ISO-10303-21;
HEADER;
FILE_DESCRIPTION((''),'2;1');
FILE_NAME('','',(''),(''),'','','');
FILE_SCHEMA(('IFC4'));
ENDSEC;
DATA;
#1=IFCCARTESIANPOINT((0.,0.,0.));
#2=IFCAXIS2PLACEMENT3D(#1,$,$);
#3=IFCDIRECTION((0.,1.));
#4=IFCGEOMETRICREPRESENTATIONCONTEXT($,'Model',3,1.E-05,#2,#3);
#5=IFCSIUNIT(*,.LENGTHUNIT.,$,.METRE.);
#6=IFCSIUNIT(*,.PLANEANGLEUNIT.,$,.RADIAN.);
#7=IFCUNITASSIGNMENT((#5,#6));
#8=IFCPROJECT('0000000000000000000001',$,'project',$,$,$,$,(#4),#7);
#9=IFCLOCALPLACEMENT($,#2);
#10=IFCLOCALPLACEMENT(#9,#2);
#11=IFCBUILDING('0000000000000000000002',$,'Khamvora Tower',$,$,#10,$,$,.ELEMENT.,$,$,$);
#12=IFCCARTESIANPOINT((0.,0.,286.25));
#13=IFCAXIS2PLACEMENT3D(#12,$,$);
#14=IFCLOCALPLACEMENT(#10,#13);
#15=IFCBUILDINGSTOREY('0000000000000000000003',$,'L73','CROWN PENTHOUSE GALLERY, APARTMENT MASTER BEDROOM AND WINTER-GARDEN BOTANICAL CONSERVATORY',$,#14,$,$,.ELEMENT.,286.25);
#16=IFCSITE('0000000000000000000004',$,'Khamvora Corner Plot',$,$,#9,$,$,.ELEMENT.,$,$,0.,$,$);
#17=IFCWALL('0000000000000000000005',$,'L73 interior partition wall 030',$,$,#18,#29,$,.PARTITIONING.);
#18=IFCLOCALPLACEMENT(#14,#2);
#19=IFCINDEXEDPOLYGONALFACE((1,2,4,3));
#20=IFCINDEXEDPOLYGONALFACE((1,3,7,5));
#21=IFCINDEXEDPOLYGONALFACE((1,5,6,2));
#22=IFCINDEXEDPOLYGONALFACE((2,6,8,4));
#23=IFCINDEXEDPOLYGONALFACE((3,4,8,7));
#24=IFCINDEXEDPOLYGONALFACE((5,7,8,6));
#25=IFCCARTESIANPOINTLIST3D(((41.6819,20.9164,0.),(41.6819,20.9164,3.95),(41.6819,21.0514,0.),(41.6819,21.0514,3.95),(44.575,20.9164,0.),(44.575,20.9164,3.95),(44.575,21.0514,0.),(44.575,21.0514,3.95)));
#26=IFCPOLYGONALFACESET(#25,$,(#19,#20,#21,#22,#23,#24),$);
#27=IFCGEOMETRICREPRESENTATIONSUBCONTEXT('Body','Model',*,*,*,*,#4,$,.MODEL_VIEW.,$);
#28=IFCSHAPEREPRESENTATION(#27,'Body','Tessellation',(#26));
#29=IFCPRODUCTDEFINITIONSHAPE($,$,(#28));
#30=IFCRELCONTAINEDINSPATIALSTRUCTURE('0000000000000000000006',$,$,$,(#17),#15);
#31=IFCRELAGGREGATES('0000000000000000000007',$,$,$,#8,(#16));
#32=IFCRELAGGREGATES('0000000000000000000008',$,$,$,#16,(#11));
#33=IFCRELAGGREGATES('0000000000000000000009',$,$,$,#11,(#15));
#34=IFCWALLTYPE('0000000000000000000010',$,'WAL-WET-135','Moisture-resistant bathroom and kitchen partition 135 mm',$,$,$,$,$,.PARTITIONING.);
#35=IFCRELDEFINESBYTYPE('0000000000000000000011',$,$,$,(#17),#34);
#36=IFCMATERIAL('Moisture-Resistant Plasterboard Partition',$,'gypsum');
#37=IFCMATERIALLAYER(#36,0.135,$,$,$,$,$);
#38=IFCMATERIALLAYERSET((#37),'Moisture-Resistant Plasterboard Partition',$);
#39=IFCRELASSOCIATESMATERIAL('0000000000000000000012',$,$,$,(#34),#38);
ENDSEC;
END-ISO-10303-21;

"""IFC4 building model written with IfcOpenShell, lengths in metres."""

from ifc_helpers import new_model, si_unit, direction, frame, frame_2d, origin, place, context, subcontext, project, spatial, rectangle, extrude, material, layer, layer_set, type_object, element, save


model = new_model("IFC4")

# Units and contexts
model_context = context("Model", 3, precision=1e-05, world=origin(), true_north=direction((0.0, 1.0)))
body_context = subcontext(model_context, "Body", "Model", "MODEL_VIEW")
ifc_project = project(units=[si_unit("LENGTHUNIT", "METRE"), si_unit("PLANEANGLEUNIT", "RADIAN")], contexts=[model_context])

# Site, building, storey
site_placement = place(None, origin())
site = spatial("IfcSite", under=ifc_project, at=site_placement, Name="Khamvora Corner Plot", CompositionType="ELEMENT", RefElevation=0.0)
building_placement = place(site_placement, origin())
building = spatial("IfcBuilding", under=site, at=building_placement, Name="Khamvora Tower", CompositionType="ELEMENT")
storey_placement = place(building_placement, frame((0.0, 0.0, 286.25)))
storey = spatial("IfcBuildingStorey", under=building, at=storey_placement, Name="L73", Description="CROWN PENTHOUSE GALLERY, APARTMENT MASTER BEDROOM AND WINTER-GARDEN BOTANICAL CONSERVATORY", CompositionType="ELEMENT", Elevation=286.25)

# Shared definitions
ifc_material_1 = material(Name="Moisture-Resistant Plasterboard Partition", Category="gypsum")
ifc_layer_1 = layer(ifc_material_1, 0.135)
ifc_layer_set_1 = layer_set([ifc_layer_1], Name="Moisture-Resistant Plasterboard Partition")
wall_type_1 = type_object("IfcWallType", Name="WAL-WET-135", Description="Moisture-resistant bathroom and kitchen partition 135 mm", PredefinedType="PARTITIONING", material=ifc_layer_set_1)

# Wall
wall_1_placement = place(storey_placement, frame((44.575, 20.9839, 0.0), z_axis=(0.0, 0.0, 1.0), x_axis=(-1.0, 0.0, 0.0)))
element("IfcWall", 1, at=wall_1_placement, inside=storey, type_object=wall_type_1, Name="L73 interior partition wall 030", PredefinedType="PARTITIONING", context=body_context, shape_type="SweptSolid", body=[
    extrude(rectangle(XDim=2.8931, YDim=0.135, at=frame_2d((1.4465, 0.0))), origin(), (0.0, 0.0, 1.0), 3.95),
])

save(model, "model.ifc")
